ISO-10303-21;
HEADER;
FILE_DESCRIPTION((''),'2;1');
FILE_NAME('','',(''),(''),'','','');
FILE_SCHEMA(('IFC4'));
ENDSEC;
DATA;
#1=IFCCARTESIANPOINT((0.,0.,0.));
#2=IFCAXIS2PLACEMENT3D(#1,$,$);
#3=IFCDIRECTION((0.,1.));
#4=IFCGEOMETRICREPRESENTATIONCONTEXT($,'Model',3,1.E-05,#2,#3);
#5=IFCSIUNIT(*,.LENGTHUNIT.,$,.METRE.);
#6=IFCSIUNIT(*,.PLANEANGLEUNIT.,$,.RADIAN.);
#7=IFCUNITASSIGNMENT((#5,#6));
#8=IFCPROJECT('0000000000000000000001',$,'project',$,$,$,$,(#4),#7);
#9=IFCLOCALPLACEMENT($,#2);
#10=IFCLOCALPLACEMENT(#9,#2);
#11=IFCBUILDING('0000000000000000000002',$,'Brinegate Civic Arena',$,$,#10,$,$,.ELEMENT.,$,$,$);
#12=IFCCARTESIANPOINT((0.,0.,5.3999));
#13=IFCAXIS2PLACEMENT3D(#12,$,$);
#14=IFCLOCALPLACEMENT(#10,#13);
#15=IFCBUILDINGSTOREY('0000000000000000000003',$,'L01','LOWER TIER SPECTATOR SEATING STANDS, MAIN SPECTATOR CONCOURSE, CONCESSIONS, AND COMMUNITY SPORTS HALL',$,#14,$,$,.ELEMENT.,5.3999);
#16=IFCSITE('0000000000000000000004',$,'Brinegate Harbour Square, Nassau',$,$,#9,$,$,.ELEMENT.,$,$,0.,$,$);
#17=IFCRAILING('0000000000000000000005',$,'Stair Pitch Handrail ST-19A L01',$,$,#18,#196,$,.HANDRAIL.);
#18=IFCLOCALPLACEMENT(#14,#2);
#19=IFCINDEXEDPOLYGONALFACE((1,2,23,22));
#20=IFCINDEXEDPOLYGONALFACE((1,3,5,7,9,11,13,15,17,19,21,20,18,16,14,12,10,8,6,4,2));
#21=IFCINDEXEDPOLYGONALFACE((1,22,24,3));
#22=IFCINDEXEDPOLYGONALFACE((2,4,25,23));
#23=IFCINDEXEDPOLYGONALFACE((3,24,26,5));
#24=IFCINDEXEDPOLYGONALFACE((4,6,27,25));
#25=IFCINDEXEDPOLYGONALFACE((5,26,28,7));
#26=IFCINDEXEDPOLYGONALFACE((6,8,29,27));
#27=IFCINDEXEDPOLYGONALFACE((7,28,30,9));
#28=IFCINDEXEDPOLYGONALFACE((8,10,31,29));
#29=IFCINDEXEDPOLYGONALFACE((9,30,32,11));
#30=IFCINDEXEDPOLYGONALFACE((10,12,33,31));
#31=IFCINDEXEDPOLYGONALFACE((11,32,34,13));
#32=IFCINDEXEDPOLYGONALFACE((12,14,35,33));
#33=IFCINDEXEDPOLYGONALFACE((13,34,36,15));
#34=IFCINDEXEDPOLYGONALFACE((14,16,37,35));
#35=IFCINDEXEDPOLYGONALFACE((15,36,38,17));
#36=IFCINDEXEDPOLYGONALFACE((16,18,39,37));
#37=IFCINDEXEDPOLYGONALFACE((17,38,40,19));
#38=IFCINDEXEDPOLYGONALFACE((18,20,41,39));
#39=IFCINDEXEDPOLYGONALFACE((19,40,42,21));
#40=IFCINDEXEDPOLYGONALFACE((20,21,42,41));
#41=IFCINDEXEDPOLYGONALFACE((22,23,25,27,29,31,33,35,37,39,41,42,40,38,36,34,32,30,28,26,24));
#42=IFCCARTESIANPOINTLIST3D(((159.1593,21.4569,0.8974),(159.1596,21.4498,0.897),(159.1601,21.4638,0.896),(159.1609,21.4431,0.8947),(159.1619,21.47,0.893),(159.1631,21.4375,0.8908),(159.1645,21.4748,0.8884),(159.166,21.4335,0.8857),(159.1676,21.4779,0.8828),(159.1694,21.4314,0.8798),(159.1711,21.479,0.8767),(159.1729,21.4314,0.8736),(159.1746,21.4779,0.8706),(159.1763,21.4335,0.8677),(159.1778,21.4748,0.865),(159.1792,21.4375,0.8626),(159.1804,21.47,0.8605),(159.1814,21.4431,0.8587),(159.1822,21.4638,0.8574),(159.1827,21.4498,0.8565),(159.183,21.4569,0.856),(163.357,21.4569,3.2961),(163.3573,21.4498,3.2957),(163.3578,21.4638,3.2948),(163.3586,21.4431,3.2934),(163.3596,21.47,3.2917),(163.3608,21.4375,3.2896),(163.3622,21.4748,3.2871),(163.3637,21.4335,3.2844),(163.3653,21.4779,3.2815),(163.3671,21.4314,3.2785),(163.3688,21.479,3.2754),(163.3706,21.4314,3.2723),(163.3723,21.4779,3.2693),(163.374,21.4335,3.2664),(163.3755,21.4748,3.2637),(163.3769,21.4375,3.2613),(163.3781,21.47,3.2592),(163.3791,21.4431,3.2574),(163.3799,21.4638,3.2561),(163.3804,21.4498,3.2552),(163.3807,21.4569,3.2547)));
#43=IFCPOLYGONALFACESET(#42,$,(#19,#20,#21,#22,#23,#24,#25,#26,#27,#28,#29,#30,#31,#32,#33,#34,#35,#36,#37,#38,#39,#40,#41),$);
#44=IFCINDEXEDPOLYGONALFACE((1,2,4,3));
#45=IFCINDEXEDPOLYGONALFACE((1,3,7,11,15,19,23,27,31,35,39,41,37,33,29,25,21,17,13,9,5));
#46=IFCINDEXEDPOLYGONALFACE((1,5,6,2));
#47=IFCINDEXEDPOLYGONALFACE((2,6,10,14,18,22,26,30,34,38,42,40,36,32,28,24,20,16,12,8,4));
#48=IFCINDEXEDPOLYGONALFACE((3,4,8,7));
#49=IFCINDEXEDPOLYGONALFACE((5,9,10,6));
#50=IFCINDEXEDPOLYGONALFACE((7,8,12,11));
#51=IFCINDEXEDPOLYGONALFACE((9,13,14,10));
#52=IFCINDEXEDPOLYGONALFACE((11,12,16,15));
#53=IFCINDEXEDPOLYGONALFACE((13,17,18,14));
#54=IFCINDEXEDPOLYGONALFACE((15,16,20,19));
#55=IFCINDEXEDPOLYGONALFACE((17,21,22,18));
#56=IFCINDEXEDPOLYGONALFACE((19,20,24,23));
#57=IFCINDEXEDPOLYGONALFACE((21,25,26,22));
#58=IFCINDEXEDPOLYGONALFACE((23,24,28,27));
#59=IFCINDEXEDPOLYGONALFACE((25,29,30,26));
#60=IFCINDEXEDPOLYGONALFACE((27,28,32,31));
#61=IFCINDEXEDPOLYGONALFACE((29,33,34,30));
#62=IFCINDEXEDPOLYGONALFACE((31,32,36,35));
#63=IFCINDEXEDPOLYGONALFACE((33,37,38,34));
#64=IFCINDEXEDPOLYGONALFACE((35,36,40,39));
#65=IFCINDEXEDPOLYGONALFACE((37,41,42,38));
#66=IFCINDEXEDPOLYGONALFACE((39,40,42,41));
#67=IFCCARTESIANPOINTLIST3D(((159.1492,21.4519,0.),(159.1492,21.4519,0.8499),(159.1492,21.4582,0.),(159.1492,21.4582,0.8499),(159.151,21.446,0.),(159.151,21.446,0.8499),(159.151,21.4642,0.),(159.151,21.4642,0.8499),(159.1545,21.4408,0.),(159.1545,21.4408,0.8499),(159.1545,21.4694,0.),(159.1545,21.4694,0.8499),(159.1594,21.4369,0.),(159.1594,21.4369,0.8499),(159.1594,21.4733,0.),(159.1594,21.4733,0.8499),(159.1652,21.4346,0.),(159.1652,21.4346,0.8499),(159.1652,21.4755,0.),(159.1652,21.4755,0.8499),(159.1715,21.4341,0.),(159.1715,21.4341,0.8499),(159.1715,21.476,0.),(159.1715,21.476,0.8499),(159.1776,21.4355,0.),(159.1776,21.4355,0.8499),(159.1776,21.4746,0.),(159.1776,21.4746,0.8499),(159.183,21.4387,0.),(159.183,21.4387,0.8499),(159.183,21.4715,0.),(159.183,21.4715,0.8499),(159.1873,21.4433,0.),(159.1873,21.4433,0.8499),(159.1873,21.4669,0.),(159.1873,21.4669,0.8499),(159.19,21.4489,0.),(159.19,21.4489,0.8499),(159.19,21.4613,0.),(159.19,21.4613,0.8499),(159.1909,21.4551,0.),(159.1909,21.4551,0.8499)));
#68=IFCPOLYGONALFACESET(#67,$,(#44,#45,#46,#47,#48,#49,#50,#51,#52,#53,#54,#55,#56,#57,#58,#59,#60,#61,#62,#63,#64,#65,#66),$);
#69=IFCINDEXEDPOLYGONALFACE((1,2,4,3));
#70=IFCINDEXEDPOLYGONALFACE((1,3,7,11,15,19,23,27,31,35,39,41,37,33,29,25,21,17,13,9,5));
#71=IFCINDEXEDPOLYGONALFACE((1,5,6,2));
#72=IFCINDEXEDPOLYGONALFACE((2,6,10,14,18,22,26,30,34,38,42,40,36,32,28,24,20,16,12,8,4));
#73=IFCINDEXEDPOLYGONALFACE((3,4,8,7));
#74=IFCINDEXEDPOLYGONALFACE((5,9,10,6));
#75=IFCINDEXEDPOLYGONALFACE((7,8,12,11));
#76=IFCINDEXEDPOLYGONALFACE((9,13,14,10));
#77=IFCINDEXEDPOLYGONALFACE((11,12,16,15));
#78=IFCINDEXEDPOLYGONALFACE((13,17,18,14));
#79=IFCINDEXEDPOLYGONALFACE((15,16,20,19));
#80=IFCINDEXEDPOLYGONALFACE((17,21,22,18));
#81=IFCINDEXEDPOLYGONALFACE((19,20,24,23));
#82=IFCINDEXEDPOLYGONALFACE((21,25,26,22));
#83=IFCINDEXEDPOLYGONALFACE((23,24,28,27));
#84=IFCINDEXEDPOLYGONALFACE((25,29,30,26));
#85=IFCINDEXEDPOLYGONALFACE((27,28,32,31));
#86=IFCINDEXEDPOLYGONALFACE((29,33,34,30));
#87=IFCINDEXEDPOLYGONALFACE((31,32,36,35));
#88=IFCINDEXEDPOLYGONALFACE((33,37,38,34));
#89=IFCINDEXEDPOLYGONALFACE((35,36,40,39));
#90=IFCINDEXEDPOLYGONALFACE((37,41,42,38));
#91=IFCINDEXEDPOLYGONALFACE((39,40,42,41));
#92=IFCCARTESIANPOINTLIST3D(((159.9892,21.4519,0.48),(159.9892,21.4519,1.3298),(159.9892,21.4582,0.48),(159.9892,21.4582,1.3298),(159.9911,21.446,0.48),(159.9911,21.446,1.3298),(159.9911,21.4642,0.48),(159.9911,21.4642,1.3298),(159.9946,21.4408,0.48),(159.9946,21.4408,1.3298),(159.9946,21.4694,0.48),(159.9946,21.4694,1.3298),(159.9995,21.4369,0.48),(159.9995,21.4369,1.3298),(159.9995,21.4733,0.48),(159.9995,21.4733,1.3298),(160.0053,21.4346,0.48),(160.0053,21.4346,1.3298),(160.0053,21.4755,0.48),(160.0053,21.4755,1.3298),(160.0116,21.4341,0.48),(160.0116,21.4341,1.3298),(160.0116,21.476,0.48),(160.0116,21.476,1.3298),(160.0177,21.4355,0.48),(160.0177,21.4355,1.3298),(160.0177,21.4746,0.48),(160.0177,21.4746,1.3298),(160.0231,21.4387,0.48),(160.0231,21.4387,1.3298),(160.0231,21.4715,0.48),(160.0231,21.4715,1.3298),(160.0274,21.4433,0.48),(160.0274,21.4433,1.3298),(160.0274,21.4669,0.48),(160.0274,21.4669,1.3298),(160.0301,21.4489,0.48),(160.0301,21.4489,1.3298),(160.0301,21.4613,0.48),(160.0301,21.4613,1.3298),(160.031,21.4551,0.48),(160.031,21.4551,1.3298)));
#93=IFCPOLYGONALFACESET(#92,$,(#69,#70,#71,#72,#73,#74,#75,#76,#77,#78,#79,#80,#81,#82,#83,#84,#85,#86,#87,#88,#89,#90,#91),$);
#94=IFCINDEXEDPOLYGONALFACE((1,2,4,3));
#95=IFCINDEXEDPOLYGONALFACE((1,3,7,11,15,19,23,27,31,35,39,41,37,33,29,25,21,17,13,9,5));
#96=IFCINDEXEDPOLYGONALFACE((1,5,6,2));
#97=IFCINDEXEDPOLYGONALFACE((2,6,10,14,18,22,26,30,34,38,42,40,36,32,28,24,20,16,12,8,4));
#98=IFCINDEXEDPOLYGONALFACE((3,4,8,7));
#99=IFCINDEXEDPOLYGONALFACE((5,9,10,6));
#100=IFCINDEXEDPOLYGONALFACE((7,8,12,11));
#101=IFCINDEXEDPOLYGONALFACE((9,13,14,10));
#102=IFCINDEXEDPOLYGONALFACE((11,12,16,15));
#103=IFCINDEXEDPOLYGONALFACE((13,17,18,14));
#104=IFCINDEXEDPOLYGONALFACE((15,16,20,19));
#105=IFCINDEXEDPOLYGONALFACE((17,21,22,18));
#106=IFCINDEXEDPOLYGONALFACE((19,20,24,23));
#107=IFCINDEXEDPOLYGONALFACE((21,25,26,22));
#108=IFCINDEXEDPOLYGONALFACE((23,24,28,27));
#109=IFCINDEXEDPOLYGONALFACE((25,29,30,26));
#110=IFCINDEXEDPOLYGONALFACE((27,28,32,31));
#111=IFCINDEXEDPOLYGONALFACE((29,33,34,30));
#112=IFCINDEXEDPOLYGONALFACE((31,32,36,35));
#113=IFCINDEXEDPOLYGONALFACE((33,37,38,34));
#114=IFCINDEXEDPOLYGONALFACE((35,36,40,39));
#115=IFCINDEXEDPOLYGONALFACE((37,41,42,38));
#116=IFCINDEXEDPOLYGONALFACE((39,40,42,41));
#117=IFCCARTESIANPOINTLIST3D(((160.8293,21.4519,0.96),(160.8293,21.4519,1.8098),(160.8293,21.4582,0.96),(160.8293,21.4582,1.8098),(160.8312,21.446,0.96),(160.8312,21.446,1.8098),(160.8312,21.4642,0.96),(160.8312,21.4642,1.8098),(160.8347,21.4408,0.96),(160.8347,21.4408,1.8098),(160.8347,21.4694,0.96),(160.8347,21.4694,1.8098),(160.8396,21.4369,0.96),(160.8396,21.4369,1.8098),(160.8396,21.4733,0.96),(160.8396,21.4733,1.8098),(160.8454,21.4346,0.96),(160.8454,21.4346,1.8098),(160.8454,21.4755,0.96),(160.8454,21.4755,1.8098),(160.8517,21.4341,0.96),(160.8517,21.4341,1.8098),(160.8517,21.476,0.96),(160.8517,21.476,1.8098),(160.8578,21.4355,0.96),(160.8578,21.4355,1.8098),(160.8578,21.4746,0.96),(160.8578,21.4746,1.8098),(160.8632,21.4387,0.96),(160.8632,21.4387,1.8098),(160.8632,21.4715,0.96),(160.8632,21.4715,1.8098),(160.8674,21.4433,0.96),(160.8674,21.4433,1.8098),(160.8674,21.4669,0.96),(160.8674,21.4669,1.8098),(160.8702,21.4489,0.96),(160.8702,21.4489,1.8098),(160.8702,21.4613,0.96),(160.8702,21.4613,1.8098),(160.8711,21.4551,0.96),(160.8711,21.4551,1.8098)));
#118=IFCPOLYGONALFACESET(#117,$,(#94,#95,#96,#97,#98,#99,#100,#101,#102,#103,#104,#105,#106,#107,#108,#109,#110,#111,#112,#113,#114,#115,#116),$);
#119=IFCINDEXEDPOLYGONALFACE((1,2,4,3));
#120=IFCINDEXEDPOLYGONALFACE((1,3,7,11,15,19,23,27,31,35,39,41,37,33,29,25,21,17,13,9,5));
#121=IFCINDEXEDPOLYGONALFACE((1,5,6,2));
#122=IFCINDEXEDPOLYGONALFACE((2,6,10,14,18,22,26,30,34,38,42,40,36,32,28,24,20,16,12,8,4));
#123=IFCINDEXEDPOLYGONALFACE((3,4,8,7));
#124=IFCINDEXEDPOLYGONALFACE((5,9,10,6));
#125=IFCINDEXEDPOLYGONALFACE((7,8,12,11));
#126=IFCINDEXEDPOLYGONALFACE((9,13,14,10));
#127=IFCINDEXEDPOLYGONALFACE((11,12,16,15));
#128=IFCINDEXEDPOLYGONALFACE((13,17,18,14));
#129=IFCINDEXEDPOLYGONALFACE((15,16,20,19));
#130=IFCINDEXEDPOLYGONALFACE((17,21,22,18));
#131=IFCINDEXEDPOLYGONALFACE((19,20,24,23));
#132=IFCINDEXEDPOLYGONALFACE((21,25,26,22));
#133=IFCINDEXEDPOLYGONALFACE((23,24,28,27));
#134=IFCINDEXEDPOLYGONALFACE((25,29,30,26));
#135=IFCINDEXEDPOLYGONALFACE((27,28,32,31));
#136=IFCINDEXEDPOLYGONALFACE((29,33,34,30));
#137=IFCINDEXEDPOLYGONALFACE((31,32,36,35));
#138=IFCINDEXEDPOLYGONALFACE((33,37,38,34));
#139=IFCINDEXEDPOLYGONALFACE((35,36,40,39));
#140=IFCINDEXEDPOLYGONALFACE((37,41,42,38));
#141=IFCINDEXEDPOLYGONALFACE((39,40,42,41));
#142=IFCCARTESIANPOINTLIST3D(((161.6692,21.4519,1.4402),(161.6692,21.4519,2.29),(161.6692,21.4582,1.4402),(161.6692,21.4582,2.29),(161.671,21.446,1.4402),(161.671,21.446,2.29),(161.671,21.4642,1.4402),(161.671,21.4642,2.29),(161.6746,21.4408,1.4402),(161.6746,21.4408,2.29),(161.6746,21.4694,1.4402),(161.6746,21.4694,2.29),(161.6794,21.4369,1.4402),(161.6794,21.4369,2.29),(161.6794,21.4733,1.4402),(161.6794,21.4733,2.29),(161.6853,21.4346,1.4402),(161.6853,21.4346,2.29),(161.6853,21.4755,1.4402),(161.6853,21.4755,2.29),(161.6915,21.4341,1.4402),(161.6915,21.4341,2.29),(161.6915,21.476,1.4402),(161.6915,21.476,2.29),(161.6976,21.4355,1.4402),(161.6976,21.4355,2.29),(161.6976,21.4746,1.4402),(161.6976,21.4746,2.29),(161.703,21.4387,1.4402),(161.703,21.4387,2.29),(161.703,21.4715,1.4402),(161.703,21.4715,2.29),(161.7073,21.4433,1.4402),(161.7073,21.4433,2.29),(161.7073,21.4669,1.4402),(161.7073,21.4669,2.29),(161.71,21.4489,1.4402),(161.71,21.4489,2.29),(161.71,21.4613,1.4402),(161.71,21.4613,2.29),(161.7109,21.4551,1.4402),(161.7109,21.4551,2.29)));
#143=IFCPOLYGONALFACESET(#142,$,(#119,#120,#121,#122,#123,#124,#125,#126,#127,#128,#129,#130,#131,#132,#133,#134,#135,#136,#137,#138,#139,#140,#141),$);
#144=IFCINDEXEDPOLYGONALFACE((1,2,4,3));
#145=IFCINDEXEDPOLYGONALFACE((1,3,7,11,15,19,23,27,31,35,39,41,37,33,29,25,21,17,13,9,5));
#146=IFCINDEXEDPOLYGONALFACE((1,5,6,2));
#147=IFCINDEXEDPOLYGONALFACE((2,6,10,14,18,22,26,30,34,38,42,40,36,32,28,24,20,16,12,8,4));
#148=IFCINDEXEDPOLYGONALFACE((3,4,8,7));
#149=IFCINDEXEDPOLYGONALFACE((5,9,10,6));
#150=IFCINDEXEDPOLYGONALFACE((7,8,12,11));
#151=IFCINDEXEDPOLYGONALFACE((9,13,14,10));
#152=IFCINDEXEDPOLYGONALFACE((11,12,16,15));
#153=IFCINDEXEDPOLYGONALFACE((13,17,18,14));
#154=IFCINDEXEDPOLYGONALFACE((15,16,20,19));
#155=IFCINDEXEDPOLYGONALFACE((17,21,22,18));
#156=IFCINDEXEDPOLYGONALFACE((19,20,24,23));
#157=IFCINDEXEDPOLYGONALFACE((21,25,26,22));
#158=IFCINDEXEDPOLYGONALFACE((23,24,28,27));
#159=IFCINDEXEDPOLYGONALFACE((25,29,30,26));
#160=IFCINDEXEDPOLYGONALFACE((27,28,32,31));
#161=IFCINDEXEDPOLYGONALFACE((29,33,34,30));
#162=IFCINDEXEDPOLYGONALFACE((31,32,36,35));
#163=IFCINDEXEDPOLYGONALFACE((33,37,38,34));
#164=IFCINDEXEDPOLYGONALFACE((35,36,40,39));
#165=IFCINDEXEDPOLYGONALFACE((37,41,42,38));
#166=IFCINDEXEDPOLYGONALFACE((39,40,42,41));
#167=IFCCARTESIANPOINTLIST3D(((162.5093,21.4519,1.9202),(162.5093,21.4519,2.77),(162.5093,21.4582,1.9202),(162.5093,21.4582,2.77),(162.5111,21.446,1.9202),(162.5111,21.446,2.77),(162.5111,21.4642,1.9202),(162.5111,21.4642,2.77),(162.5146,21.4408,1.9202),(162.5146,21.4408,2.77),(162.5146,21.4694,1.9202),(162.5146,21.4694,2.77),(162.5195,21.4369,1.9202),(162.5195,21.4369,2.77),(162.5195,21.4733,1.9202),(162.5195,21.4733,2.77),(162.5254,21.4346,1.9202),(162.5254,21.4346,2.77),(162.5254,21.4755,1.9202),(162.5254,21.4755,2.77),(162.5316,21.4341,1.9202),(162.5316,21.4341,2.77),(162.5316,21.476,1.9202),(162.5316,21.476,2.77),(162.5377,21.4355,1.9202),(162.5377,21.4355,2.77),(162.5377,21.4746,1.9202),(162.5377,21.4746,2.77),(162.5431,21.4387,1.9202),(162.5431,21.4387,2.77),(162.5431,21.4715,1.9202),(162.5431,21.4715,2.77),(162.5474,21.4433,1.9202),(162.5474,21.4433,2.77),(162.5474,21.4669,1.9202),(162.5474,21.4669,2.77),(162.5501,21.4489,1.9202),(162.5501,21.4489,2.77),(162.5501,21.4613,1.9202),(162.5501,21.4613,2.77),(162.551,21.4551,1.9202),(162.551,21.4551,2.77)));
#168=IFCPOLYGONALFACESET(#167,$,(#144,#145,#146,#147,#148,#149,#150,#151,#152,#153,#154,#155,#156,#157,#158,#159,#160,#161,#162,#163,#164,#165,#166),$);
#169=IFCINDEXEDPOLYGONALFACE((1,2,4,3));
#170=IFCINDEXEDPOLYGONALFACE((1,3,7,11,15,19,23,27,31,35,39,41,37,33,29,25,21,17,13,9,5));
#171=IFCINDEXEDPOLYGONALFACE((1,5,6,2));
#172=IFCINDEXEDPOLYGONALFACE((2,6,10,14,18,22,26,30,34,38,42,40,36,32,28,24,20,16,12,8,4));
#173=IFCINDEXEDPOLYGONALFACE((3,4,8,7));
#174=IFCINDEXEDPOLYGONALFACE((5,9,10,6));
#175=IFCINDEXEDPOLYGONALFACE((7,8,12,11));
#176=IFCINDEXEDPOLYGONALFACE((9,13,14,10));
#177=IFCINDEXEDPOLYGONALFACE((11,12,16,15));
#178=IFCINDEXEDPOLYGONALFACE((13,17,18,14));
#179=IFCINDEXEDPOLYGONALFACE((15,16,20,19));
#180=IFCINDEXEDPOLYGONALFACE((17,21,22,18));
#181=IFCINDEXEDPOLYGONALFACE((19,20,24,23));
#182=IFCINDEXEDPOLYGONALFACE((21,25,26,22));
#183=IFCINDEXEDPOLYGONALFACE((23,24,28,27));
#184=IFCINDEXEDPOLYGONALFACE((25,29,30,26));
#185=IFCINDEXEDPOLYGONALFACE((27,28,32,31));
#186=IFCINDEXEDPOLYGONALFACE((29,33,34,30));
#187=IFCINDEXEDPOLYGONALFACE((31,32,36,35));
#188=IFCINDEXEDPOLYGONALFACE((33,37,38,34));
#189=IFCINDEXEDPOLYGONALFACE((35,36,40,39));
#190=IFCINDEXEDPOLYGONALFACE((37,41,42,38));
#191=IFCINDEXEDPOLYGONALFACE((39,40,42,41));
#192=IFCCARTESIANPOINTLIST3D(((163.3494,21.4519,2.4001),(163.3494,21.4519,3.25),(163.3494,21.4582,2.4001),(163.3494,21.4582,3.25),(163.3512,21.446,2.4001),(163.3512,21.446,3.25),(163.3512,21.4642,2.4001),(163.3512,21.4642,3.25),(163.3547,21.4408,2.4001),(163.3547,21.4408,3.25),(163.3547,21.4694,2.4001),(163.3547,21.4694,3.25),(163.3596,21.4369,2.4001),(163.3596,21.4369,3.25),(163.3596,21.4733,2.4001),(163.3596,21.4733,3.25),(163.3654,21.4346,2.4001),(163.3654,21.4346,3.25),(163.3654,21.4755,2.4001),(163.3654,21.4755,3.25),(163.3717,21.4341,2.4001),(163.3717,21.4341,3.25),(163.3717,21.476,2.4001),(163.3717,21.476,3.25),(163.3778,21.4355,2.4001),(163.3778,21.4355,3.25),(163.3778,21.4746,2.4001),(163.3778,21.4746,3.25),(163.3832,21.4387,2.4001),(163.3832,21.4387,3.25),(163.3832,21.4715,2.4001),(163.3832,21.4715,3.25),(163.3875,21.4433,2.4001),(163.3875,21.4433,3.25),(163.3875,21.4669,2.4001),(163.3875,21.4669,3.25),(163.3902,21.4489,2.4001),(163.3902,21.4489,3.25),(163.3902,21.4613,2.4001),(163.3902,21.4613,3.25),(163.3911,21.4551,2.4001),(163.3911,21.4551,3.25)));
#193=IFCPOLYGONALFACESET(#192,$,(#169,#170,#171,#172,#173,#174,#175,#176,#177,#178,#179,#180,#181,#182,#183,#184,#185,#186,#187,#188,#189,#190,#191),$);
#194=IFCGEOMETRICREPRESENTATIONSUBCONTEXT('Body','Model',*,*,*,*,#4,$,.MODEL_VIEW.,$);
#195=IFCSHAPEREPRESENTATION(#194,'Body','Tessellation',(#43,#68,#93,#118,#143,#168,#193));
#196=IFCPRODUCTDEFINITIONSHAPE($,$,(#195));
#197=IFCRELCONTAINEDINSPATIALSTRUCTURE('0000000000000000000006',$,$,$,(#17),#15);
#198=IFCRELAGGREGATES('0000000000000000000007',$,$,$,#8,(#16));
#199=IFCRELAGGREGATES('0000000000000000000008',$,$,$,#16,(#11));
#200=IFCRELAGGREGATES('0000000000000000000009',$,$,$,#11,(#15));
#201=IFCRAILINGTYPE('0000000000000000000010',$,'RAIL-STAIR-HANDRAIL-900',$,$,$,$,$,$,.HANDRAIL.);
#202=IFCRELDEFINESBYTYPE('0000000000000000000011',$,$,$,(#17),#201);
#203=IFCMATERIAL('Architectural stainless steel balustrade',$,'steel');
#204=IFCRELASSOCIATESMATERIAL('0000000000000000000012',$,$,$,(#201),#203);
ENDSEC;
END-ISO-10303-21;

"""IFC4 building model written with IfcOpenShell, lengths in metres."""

from ifc_helpers import new_model, si_unit, direction, frame, origin, origin_2d, place, context, subcontext, project, spatial, circle, extrude, material, type_object, element, save


model = new_model("IFC4")

# Units and contexts
model_context = context("Model", 3, precision=1e-05, world=origin(), true_north=direction((0.0, 1.0)))
body_context = subcontext(model_context, "Body", "Model", "MODEL_VIEW")
ifc_project = project(units=[si_unit("LENGTHUNIT", "METRE"), si_unit("PLANEANGLEUNIT", "RADIAN")], contexts=[model_context])

# Site, building, storey
site_placement = place(None, origin())
site = spatial("IfcSite", under=ifc_project, at=site_placement, Name="Brinegate Harbour Square, Nassau", CompositionType="ELEMENT", RefElevation=0.0)
building_placement = place(site_placement, origin())
building = spatial("IfcBuilding", under=site, at=building_placement, Name="Brinegate Civic Arena", CompositionType="ELEMENT")
storey_placement = place(building_placement, frame((0.0, 0.0, 5.3999)))
storey = spatial("IfcBuildingStorey", under=building, at=storey_placement, Name="L01", Description="LOWER TIER SPECTATOR SEATING STANDS, MAIN SPECTATOR CONCOURSE, CONCESSIONS, AND COMMUNITY SPORTS HALL", CompositionType="ELEMENT", Elevation=5.3999)

# Railing
ifc_material_1 = material(Name="Architectural stainless steel balustrade", Category="steel")
railing_type = type_object("IfcRailingType", Name="RAIL-STAIR-HANDRAIL-900", PredefinedType="HANDRAIL", material=ifc_material_1)
for number, where, name in (
    (1, (159.1699, 21.4551, 0.0), "Stair Pitch Handrail ST-19A L01"),
):
    element("IfcRailing", number, at=place(storey_placement, frame(where)), inside=storey, type_object=railing_type, Name=name, PredefinedType="HANDRAIL", context=body_context, shape_type="SweptSolid", body=[
        extrude(circle(Radius=0.0239, at=origin_2d()), frame((0.0012, 0.0, 0.8767), z_axis=(0.86824, 0.0, 0.496144), x_axis=(0.0, 1.0, 0.0)), (0.0, 0.0, 1.0), 4.8347),
        extrude(circle(Radius=0.021, at=origin_2d()), origin(), (0.0, 0.0, 1.0), 0.8499),
        extrude(circle(Radius=0.021, at=origin_2d()), frame((0.8401, 0.0, 0.48)), (0.0, 0.0, 1.0), 0.8499),
        extrude(circle(Radius=0.021, at=origin_2d()), frame((1.6802, 0.0, 0.96)), (0.0, 0.0, 1.0), 0.8499),
        extrude(circle(Radius=0.021, at=origin_2d()), frame((2.52, 0.0, 1.4402)), (0.0, 0.0, 1.0), 0.8499),
        extrude(circle(Radius=0.021, at=origin_2d()), frame((3.3601, 0.0, 1.9202)), (0.0, 0.0, 1.0), 0.8499),
        extrude(circle(Radius=0.021, at=origin_2d()), frame((4.2002, 0.0, 2.4001)), (0.0, 0.0, 1.0), 0.8499),
    ])

save(model, "model.ifc")
